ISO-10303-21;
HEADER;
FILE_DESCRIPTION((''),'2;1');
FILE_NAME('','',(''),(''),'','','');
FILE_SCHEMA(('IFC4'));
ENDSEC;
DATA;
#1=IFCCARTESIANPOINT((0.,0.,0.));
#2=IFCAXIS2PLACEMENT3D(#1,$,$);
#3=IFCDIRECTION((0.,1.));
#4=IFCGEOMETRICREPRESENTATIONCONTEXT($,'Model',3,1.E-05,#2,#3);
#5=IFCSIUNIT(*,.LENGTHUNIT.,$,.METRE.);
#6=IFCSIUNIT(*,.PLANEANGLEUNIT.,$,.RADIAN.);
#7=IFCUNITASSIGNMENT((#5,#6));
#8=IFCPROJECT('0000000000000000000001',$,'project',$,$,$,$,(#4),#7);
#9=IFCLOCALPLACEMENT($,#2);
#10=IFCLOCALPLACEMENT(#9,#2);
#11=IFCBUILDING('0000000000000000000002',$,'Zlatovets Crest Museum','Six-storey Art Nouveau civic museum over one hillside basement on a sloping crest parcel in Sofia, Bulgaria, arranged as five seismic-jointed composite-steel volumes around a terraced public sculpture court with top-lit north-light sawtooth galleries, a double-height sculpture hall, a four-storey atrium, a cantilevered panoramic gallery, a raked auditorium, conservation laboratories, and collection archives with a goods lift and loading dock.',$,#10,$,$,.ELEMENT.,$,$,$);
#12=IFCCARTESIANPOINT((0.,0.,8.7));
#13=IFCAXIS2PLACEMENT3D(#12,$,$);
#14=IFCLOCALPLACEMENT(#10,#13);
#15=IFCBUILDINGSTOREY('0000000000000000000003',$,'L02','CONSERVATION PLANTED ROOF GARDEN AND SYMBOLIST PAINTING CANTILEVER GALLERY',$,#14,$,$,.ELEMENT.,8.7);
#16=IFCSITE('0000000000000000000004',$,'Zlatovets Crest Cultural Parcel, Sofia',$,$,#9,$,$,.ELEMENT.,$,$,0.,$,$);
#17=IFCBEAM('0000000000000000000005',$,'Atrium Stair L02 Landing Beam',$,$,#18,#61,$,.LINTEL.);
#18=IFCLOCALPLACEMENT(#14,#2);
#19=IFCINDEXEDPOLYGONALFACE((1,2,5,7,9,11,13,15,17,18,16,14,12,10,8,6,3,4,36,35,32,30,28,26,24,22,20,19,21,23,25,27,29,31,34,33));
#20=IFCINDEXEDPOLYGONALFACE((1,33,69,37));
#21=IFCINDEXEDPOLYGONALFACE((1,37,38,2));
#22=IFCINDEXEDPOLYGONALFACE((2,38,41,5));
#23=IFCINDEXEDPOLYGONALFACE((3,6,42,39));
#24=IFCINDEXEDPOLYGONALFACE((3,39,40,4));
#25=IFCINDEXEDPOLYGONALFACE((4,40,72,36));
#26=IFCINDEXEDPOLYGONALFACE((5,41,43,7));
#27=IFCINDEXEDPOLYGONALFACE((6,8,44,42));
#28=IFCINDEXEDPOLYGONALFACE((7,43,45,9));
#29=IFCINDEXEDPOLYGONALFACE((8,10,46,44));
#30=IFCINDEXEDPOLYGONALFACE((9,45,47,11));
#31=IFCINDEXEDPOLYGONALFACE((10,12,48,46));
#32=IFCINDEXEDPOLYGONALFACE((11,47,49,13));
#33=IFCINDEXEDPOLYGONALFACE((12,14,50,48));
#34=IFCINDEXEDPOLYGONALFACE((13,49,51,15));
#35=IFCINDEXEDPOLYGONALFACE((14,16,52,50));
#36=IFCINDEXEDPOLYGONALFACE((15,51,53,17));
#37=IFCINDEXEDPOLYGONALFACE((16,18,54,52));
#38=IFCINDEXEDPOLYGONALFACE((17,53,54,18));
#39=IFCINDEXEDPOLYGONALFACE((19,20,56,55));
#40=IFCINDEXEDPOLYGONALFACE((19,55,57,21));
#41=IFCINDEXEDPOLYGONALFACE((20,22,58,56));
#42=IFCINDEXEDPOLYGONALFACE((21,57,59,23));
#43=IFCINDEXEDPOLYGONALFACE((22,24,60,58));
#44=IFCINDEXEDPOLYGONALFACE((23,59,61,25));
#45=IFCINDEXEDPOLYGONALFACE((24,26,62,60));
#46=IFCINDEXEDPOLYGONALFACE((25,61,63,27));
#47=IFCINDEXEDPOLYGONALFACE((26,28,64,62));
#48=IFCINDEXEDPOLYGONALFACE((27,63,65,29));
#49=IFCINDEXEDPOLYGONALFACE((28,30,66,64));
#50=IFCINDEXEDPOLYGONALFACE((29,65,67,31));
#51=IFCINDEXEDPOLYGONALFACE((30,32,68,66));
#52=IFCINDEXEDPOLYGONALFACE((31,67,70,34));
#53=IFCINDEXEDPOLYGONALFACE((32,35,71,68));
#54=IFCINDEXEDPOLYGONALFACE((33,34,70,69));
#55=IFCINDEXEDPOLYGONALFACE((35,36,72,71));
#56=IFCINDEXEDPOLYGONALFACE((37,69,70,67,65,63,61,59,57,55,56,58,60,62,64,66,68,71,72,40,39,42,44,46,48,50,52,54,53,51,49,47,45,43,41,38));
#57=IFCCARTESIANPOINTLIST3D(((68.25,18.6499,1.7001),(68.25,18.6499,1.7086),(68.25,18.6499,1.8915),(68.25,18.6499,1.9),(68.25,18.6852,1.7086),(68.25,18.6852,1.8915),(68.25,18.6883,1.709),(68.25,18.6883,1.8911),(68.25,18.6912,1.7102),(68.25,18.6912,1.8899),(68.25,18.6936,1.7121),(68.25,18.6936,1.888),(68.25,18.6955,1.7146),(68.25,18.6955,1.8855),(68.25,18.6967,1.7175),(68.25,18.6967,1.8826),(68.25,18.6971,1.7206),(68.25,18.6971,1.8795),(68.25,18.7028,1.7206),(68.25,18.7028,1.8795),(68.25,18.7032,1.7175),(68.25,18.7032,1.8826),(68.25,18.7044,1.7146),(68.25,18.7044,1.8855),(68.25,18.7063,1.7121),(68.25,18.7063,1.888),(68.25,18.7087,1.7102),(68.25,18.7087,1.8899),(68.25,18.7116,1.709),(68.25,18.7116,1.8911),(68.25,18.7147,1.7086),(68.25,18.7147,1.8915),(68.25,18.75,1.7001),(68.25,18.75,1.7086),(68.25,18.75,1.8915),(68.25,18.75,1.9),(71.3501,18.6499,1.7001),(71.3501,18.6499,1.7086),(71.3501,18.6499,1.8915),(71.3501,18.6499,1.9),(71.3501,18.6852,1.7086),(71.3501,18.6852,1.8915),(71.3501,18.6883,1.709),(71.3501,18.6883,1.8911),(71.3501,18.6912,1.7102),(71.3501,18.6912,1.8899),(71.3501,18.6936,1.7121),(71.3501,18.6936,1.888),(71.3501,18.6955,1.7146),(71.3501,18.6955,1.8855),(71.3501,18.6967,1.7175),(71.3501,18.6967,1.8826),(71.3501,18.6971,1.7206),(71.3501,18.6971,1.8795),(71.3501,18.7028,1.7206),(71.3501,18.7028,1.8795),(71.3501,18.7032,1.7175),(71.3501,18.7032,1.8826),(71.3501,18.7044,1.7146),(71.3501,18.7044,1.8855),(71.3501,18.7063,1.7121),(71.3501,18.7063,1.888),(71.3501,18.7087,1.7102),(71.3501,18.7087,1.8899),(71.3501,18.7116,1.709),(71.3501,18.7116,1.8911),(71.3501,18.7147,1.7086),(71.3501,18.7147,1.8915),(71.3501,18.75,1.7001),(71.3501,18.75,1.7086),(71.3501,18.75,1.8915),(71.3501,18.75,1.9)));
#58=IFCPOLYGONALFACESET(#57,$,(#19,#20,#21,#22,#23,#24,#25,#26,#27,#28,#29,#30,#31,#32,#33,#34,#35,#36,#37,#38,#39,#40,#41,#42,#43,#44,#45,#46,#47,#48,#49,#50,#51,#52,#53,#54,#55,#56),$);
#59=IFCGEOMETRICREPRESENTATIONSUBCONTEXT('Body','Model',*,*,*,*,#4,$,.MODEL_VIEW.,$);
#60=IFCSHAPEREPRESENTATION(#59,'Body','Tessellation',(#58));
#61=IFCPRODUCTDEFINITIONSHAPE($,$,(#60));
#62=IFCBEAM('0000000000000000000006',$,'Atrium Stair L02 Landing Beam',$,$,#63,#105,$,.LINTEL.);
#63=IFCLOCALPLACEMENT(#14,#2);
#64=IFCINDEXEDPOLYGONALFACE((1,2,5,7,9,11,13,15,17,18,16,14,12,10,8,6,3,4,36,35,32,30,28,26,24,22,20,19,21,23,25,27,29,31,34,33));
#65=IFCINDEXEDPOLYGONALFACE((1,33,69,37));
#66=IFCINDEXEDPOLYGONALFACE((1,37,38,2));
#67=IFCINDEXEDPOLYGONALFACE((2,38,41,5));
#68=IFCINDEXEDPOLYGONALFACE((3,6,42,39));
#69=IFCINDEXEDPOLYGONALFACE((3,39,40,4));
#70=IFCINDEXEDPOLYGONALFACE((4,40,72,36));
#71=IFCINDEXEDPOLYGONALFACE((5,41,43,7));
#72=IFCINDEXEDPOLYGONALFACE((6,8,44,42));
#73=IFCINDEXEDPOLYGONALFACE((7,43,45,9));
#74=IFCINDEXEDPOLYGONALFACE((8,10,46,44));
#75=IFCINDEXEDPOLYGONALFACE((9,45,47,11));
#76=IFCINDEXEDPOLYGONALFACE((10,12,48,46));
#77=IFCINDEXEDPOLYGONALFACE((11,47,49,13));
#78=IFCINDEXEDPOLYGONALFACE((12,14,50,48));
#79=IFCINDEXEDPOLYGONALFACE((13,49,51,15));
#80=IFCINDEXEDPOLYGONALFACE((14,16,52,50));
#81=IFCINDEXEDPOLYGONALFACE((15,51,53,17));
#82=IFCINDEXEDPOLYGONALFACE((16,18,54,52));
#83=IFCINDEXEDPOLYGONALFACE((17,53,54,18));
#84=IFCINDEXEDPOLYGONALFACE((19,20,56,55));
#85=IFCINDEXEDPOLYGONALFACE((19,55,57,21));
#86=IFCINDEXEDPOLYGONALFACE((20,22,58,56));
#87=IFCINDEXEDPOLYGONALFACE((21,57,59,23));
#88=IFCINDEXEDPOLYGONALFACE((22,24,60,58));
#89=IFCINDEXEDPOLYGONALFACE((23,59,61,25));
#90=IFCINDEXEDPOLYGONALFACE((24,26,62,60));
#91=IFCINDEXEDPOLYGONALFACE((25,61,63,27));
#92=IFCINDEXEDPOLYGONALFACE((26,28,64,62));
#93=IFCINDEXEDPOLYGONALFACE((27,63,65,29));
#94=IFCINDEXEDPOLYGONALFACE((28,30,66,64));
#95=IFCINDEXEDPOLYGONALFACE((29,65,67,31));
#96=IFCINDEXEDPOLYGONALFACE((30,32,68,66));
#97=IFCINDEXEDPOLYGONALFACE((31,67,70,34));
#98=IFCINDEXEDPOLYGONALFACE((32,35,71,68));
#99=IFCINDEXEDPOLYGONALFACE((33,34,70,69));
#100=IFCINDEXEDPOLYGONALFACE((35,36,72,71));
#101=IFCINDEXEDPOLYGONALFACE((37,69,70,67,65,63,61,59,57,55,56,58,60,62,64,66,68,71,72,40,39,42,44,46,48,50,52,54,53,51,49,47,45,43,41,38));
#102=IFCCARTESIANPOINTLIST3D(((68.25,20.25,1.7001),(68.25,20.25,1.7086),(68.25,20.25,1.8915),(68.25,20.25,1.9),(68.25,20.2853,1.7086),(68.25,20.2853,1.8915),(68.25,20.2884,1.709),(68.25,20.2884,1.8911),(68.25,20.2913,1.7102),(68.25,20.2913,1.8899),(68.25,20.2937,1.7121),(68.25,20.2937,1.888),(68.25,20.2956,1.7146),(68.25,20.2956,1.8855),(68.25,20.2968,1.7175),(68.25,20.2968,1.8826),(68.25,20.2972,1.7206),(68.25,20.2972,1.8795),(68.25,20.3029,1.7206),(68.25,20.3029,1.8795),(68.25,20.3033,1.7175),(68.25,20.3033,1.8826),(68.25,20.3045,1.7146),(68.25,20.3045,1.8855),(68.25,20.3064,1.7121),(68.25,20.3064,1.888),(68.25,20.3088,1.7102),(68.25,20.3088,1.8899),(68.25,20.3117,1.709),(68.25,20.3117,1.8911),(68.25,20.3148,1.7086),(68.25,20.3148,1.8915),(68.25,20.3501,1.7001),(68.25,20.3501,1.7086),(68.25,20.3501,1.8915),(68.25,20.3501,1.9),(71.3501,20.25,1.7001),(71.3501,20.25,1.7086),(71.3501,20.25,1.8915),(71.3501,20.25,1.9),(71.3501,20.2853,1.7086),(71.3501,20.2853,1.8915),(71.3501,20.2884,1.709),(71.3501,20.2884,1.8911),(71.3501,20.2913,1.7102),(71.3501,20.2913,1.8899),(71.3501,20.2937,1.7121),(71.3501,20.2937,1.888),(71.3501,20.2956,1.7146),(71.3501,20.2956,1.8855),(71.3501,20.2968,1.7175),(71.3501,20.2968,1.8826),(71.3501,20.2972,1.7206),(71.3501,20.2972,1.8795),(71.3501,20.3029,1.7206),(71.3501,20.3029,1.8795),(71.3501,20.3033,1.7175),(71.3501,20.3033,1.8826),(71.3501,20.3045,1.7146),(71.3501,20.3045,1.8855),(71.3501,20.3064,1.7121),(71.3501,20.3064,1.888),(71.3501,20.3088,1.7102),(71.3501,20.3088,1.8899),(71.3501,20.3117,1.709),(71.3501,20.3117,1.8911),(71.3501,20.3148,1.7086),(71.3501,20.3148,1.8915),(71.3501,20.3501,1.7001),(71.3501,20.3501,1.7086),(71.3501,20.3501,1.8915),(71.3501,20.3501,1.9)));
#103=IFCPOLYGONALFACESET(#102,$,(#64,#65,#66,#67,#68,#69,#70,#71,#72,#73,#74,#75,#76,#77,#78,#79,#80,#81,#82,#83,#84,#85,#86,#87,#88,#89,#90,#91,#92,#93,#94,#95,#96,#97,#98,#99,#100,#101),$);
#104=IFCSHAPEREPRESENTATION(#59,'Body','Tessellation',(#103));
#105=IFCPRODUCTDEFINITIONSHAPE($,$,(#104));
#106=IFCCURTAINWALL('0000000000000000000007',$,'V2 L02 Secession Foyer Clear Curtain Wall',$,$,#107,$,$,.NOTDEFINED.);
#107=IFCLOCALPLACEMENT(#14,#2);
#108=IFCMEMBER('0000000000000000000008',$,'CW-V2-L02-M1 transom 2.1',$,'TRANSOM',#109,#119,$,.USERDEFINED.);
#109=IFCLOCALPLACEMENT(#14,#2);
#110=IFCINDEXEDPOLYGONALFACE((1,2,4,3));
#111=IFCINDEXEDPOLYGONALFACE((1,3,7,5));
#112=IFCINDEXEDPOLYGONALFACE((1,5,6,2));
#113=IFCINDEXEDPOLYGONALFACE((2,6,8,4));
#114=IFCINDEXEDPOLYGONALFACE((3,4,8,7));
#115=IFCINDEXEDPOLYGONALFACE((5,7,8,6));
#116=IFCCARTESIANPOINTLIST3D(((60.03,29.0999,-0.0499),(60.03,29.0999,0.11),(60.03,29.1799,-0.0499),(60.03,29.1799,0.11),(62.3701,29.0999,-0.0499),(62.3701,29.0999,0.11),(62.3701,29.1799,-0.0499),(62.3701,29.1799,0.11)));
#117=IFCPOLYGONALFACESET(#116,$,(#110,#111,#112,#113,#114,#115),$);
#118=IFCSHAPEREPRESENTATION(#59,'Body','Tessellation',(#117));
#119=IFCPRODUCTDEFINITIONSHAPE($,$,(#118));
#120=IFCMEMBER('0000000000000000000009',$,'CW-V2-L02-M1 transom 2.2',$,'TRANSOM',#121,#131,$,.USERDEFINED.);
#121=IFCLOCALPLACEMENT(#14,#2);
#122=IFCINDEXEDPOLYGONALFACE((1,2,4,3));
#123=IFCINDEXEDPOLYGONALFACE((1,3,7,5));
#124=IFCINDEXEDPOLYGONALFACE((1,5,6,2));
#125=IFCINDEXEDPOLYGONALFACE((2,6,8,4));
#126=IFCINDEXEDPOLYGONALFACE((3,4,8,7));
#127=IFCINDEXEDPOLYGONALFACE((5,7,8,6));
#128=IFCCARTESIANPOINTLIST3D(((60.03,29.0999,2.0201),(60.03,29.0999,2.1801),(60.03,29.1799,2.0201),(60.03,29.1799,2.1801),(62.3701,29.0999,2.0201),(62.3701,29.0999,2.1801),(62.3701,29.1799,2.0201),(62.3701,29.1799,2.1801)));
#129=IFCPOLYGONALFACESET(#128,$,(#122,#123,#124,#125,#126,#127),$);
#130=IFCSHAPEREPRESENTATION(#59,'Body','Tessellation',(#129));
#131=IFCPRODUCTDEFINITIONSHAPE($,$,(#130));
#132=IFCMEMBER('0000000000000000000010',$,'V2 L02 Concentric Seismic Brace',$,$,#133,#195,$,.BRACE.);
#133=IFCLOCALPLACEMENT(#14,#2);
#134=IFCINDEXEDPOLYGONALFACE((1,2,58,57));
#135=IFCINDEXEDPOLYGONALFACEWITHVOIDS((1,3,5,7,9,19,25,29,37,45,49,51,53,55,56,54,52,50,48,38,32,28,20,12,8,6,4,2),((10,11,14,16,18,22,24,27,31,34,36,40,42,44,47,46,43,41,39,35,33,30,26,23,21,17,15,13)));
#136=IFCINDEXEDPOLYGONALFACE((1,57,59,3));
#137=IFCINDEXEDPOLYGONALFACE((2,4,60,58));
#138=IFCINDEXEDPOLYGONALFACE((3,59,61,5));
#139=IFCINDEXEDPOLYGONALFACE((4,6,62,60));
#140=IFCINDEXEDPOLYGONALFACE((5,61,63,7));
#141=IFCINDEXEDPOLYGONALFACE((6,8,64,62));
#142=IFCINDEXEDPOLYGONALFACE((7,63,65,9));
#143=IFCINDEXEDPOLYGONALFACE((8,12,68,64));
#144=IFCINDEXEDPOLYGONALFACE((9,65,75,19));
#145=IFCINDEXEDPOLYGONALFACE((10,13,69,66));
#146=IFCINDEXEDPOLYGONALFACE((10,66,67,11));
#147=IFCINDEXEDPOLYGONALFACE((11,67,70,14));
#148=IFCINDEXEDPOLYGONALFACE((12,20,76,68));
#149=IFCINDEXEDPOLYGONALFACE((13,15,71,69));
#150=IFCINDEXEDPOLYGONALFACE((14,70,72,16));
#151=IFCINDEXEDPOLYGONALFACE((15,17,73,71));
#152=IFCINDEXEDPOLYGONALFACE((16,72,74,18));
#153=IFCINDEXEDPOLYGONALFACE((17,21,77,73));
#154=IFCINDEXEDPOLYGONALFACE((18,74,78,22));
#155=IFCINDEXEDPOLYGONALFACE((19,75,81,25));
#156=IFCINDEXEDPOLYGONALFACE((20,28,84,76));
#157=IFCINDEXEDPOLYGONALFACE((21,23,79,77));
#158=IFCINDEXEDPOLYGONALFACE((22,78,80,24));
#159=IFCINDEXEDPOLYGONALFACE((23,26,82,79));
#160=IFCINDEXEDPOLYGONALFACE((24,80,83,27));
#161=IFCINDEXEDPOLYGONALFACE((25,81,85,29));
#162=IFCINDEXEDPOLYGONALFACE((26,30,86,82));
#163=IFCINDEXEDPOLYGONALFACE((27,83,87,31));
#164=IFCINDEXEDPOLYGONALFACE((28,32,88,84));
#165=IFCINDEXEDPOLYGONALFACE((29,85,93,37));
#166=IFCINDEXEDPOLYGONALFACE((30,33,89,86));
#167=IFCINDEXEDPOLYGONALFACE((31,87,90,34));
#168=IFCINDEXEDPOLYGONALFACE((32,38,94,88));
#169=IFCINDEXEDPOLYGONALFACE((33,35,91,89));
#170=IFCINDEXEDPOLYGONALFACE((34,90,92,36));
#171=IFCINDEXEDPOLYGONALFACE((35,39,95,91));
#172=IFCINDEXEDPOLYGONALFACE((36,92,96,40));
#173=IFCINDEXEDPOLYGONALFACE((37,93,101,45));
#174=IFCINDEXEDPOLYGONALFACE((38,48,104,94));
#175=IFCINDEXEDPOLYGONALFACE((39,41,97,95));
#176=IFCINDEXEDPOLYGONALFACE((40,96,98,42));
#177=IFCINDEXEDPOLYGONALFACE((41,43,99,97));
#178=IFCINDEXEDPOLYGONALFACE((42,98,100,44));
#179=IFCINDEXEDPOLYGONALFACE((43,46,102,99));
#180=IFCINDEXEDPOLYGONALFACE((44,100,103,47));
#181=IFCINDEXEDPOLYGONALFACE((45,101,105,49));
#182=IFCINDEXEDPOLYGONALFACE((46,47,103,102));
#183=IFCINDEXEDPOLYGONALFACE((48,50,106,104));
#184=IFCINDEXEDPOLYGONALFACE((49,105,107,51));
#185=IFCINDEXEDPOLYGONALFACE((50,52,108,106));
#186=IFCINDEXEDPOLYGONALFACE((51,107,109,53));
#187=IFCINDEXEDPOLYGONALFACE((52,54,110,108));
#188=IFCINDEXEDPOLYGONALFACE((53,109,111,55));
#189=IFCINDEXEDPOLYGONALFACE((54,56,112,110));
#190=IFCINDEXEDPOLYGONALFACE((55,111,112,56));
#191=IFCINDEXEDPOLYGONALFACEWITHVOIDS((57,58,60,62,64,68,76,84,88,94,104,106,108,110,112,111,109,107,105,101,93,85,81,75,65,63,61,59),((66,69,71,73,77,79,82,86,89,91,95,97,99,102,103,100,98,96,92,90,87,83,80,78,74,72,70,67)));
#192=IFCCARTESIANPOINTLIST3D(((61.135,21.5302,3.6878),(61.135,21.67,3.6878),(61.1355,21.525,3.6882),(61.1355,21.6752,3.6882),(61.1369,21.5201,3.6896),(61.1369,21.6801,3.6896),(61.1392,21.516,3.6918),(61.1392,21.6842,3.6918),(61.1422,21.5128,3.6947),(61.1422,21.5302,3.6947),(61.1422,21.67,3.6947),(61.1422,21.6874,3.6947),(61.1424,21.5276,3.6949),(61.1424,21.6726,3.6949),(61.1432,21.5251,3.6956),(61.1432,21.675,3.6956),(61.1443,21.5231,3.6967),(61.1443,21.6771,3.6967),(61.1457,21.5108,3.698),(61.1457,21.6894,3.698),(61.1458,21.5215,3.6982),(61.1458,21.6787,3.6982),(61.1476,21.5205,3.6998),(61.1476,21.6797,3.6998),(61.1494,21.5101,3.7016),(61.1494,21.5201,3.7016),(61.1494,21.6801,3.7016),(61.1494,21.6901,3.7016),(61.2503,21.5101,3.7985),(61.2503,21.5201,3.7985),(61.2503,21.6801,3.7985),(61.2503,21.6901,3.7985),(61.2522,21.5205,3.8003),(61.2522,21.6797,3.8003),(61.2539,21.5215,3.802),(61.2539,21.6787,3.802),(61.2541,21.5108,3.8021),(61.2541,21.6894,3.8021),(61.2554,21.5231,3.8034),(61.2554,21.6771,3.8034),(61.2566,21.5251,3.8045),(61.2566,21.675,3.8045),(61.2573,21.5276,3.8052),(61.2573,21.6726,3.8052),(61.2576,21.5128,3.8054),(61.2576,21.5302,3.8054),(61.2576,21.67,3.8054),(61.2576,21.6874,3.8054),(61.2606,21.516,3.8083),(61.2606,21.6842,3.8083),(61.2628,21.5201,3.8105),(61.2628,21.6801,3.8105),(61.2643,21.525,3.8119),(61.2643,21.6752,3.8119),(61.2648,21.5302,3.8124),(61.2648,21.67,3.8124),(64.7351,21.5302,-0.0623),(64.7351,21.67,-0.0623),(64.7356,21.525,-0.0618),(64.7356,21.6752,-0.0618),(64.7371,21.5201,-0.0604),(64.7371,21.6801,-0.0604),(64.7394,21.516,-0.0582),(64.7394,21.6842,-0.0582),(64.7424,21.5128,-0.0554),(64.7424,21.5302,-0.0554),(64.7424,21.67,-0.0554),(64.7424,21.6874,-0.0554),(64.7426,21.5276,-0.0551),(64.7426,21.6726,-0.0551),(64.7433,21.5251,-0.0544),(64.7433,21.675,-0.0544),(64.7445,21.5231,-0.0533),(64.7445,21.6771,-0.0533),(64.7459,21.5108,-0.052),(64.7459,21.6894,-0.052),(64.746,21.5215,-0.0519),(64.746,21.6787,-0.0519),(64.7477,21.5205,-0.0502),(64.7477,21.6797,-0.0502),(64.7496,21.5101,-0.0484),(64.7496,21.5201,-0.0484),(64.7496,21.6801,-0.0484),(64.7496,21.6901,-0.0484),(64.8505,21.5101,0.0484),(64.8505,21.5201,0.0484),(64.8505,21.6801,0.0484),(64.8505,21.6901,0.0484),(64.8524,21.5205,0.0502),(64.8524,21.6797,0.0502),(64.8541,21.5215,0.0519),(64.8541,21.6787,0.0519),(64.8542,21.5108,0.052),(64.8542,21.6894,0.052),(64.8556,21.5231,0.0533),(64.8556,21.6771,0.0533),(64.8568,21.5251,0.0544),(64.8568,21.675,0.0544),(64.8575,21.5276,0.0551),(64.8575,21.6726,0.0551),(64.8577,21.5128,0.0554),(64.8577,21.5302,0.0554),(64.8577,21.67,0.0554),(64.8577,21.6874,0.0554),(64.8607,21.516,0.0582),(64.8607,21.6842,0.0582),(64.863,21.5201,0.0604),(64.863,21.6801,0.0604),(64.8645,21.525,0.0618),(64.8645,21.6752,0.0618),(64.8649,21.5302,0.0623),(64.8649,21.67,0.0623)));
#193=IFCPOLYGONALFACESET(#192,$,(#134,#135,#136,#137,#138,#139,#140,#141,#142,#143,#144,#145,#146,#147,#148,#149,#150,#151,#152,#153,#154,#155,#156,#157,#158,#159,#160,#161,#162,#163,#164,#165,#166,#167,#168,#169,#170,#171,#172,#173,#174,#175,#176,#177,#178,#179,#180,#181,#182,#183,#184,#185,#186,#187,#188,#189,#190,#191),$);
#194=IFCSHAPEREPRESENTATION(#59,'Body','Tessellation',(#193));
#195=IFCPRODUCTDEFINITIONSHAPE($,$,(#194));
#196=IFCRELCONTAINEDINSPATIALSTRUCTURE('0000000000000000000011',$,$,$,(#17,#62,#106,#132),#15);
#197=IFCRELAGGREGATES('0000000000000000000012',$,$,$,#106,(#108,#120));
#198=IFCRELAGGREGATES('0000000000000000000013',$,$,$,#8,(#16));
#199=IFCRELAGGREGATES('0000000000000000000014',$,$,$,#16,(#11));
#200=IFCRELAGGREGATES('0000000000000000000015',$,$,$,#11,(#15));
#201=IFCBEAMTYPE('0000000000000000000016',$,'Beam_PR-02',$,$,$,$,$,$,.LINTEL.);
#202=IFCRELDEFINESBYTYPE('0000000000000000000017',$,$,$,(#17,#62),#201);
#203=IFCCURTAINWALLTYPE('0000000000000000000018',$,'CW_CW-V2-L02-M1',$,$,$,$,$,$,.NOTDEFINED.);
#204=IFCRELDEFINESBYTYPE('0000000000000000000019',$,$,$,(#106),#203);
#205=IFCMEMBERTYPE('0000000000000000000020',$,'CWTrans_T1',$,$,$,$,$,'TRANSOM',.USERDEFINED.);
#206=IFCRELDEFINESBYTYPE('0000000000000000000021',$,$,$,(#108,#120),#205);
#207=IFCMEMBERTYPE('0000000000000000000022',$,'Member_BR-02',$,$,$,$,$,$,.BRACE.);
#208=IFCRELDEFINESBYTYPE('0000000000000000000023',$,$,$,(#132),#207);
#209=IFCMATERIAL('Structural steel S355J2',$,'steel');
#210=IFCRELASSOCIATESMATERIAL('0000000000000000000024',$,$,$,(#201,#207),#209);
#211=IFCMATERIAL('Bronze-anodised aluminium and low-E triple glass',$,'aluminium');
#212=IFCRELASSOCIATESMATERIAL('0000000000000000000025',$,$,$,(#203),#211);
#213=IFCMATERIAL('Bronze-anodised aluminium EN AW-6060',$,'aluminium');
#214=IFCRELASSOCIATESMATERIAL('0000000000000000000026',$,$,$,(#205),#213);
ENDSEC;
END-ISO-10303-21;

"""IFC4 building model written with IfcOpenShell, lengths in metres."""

from ifc_helpers import new_model, si_unit, direction, frame, origin, origin_2d, place, context, subcontext, project, spatial, rectangle, hollow_rectangle, i_section, extrude, material, material_profile, profile_set, type_object, element, aggregate, save


model = new_model("IFC4")

# Units and contexts
model_context = context("Model", 3, precision=1e-05, world=origin(), true_north=direction((0.0, 1.0)))
body_context = subcontext(model_context, "Body", "Model", "MODEL_VIEW")
ifc_project = project(units=[si_unit("LENGTHUNIT", "METRE"), si_unit("PLANEANGLEUNIT", "RADIAN")], contexts=[model_context])

# Site, building, storey
site_placement = place(None, origin())
site = spatial("IfcSite", under=ifc_project, at=site_placement, Name="Zlatovets Crest Cultural Parcel, Sofia", CompositionType="ELEMENT", RefElevation=0.0)
building_placement = place(site_placement, origin())
building = spatial("IfcBuilding", under=site, at=building_placement, Name="Zlatovets Crest Museum", Description="Six-storey Art Nouveau civic museum over one hillside basement on a sloping crest parcel in Sofia, Bulgaria, arranged as five seismic-jointed composite-steel volumes around a terraced public sculpture court with top-lit north-light sawtooth galleries, a double-height sculpture hall, a four-storey atrium, a cantilevered panoramic gallery, a raked auditorium, conservation laboratories, and collection archives with a goods lift and loading dock.", CompositionType="ELEMENT")
storey_placement = place(building_placement, frame((0.0, 0.0, 8.7)))
storey = spatial("IfcBuildingStorey", under=building, at=storey_placement, Name="L02", Description="CONSERVATION PLANTED ROOF GARDEN AND SYMBOLIST PAINTING CANTILEVER GALLERY", CompositionType="ELEMENT", Elevation=8.7)

# Shared definitions
ifc_material_1 = material(Name="Structural steel S355J2", Category="steel")

# Beams
ifc_material_profile_1 = material_profile(ifc_material_1, i_section(OverallWidth=0.1001, OverallDepth=0.2, WebThickness=0.0056, FlangeThickness=0.0085, FilletRadius=0.012, at=origin_2d()), Name="IPE 200")
ifc_profile_set_1 = profile_set([ifc_material_profile_1], Name="Structural steel S355J2")
beam_type_1 = type_object("IfcBeamType", Name="Beam_PR-02", PredefinedType="LINTEL", material=ifc_profile_set_1)
for number, where, z_axis, x_axis, name in (
    (1, (68.25, 18.7, 1.8), (1.0, 0.0, 0.0), (0.0, 1.0, 0.0), "Atrium Stair L02 Landing Beam"),
    (2, (68.25, 20.3, 1.8), (1.0, 0.0, 0.0), (0.0, 1.0, 0.0), "Atrium Stair L02 Landing Beam"),
):
    element("IfcBeam", number, at=place(storey_placement, frame(where, z_axis=z_axis, x_axis=x_axis)), inside=storey, type_object=beam_type_1, Name=name, PredefinedType="LINTEL", context=body_context, shape_type="SweptSolid", body=[
        extrude(i_section(OverallWidth=0.1001, OverallDepth=0.2, WebThickness=0.0056, FlangeThickness=0.0085, FilletRadius=0.012, at=origin_2d()), origin(), (0.0, 0.0, 1.0), 3.1001),
    ])

# Curtain wall, members
ifc_material_2 = material(Name="Bronze-anodised aluminium and low-E triple glass", Category="aluminium")
curtain_wall_type = type_object("IfcCurtainWallType", Name="CW_CW-V2-L02-M1", PredefinedType="NOTDEFINED", material=ifc_material_2)
curtain_wall_placement = place(storey_placement, origin())
curtain_wall = element("IfcCurtainWall", 3, at=curtain_wall_placement, inside=storey, type_object=curtain_wall_type, Name="V2 L02 Secession Foyer Clear Curtain Wall", PredefinedType="NOTDEFINED")
ifc_material_3 = material(Name="Bronze-anodised aluminium EN AW-6060", Category="aluminium")
ifc_material_profile_2 = material_profile(ifc_material_3, rectangle(XDim=0.0801, YDim=0.1599, at=origin_2d()), Name="ALU 80x160")
ifc_profile_set_2 = profile_set([ifc_material_profile_2], Name="Bronze-anodised aluminium EN AW-6060")
member_type_1 = type_object("IfcMemberType", Name="CWTrans_T1", ElementType="TRANSOM", PredefinedType="USERDEFINED", material=ifc_profile_set_2)
member_1_placement = place(storey_placement, frame((62.3701, 29.1399, 0.03), z_axis=(-1.0, 0.0, 0.0), x_axis=(0.0, -1.0, 0.0)))
member_1 = element("IfcMember", 4, at=member_1_placement, type_object=member_type_1, Name="CW-V2-L02-M1 transom 2.1", ObjectType="TRANSOM", PredefinedType="USERDEFINED", context=body_context, shape_type="SweptSolid", body=[
    extrude(rectangle(XDim=0.0801, YDim=0.1599, at=origin_2d()), origin(), (0.0, 0.0, 1.0), 2.3401),
])
member_2_placement = place(storey_placement, frame((62.3701, 29.1399, 2.1001), z_axis=(-1.0, 0.0, 0.0), x_axis=(0.0, -1.0, 0.0)))
member_2 = element("IfcMember", 5, at=member_2_placement, type_object=member_type_1, Name="CW-V2-L02-M1 transom 2.2", ObjectType="TRANSOM", PredefinedType="USERDEFINED", context=body_context, shape_type="SweptSolid", body=[
    extrude(rectangle(XDim=0.0801, YDim=0.1599, at=origin_2d()), origin(), (0.0, 0.0, 1.0), 2.3401),
])

# Member
ifc_material_profile_3 = material_profile(ifc_material_1, hollow_rectangle(XDim=0.1799, YDim=0.1799, WallThickness=0.01, InnerFilletRadius=0.01, OuterFilletRadius=0.02, at=origin_2d()), Name="SHS 180x180x10.0")
ifc_profile_set_3 = profile_set([ifc_material_profile_3], Name="Structural steel S355J2")
member_type_2 = type_object("IfcMemberType", Name="Member_BR-02", PredefinedType="BRACE", material=ifc_profile_set_3)
member_3_placement = place(storey_placement, frame((64.8, 21.6001, 0.0), z_axis=(-0.692542, 0.0, 0.721378), x_axis=(0.0, -1.0, 0.0)))
element("IfcMember", 6, at=member_3_placement, inside=storey, type_object=member_type_2, Name="V2 L02 Concentric Seismic Brace", PredefinedType="BRACE", context=body_context, shape_type="SweptSolid", body=[
    extrude(hollow_rectangle(XDim=0.1799, YDim=0.1799, WallThickness=0.01, InnerFilletRadius=0.01, OuterFilletRadius=0.02, at=origin_2d()), origin(), (0.0, 0.0, 1.0), 5.1985),
])

aggregate(curtain_wall, [member_1, member_2])

save(model, "model.ifc")
